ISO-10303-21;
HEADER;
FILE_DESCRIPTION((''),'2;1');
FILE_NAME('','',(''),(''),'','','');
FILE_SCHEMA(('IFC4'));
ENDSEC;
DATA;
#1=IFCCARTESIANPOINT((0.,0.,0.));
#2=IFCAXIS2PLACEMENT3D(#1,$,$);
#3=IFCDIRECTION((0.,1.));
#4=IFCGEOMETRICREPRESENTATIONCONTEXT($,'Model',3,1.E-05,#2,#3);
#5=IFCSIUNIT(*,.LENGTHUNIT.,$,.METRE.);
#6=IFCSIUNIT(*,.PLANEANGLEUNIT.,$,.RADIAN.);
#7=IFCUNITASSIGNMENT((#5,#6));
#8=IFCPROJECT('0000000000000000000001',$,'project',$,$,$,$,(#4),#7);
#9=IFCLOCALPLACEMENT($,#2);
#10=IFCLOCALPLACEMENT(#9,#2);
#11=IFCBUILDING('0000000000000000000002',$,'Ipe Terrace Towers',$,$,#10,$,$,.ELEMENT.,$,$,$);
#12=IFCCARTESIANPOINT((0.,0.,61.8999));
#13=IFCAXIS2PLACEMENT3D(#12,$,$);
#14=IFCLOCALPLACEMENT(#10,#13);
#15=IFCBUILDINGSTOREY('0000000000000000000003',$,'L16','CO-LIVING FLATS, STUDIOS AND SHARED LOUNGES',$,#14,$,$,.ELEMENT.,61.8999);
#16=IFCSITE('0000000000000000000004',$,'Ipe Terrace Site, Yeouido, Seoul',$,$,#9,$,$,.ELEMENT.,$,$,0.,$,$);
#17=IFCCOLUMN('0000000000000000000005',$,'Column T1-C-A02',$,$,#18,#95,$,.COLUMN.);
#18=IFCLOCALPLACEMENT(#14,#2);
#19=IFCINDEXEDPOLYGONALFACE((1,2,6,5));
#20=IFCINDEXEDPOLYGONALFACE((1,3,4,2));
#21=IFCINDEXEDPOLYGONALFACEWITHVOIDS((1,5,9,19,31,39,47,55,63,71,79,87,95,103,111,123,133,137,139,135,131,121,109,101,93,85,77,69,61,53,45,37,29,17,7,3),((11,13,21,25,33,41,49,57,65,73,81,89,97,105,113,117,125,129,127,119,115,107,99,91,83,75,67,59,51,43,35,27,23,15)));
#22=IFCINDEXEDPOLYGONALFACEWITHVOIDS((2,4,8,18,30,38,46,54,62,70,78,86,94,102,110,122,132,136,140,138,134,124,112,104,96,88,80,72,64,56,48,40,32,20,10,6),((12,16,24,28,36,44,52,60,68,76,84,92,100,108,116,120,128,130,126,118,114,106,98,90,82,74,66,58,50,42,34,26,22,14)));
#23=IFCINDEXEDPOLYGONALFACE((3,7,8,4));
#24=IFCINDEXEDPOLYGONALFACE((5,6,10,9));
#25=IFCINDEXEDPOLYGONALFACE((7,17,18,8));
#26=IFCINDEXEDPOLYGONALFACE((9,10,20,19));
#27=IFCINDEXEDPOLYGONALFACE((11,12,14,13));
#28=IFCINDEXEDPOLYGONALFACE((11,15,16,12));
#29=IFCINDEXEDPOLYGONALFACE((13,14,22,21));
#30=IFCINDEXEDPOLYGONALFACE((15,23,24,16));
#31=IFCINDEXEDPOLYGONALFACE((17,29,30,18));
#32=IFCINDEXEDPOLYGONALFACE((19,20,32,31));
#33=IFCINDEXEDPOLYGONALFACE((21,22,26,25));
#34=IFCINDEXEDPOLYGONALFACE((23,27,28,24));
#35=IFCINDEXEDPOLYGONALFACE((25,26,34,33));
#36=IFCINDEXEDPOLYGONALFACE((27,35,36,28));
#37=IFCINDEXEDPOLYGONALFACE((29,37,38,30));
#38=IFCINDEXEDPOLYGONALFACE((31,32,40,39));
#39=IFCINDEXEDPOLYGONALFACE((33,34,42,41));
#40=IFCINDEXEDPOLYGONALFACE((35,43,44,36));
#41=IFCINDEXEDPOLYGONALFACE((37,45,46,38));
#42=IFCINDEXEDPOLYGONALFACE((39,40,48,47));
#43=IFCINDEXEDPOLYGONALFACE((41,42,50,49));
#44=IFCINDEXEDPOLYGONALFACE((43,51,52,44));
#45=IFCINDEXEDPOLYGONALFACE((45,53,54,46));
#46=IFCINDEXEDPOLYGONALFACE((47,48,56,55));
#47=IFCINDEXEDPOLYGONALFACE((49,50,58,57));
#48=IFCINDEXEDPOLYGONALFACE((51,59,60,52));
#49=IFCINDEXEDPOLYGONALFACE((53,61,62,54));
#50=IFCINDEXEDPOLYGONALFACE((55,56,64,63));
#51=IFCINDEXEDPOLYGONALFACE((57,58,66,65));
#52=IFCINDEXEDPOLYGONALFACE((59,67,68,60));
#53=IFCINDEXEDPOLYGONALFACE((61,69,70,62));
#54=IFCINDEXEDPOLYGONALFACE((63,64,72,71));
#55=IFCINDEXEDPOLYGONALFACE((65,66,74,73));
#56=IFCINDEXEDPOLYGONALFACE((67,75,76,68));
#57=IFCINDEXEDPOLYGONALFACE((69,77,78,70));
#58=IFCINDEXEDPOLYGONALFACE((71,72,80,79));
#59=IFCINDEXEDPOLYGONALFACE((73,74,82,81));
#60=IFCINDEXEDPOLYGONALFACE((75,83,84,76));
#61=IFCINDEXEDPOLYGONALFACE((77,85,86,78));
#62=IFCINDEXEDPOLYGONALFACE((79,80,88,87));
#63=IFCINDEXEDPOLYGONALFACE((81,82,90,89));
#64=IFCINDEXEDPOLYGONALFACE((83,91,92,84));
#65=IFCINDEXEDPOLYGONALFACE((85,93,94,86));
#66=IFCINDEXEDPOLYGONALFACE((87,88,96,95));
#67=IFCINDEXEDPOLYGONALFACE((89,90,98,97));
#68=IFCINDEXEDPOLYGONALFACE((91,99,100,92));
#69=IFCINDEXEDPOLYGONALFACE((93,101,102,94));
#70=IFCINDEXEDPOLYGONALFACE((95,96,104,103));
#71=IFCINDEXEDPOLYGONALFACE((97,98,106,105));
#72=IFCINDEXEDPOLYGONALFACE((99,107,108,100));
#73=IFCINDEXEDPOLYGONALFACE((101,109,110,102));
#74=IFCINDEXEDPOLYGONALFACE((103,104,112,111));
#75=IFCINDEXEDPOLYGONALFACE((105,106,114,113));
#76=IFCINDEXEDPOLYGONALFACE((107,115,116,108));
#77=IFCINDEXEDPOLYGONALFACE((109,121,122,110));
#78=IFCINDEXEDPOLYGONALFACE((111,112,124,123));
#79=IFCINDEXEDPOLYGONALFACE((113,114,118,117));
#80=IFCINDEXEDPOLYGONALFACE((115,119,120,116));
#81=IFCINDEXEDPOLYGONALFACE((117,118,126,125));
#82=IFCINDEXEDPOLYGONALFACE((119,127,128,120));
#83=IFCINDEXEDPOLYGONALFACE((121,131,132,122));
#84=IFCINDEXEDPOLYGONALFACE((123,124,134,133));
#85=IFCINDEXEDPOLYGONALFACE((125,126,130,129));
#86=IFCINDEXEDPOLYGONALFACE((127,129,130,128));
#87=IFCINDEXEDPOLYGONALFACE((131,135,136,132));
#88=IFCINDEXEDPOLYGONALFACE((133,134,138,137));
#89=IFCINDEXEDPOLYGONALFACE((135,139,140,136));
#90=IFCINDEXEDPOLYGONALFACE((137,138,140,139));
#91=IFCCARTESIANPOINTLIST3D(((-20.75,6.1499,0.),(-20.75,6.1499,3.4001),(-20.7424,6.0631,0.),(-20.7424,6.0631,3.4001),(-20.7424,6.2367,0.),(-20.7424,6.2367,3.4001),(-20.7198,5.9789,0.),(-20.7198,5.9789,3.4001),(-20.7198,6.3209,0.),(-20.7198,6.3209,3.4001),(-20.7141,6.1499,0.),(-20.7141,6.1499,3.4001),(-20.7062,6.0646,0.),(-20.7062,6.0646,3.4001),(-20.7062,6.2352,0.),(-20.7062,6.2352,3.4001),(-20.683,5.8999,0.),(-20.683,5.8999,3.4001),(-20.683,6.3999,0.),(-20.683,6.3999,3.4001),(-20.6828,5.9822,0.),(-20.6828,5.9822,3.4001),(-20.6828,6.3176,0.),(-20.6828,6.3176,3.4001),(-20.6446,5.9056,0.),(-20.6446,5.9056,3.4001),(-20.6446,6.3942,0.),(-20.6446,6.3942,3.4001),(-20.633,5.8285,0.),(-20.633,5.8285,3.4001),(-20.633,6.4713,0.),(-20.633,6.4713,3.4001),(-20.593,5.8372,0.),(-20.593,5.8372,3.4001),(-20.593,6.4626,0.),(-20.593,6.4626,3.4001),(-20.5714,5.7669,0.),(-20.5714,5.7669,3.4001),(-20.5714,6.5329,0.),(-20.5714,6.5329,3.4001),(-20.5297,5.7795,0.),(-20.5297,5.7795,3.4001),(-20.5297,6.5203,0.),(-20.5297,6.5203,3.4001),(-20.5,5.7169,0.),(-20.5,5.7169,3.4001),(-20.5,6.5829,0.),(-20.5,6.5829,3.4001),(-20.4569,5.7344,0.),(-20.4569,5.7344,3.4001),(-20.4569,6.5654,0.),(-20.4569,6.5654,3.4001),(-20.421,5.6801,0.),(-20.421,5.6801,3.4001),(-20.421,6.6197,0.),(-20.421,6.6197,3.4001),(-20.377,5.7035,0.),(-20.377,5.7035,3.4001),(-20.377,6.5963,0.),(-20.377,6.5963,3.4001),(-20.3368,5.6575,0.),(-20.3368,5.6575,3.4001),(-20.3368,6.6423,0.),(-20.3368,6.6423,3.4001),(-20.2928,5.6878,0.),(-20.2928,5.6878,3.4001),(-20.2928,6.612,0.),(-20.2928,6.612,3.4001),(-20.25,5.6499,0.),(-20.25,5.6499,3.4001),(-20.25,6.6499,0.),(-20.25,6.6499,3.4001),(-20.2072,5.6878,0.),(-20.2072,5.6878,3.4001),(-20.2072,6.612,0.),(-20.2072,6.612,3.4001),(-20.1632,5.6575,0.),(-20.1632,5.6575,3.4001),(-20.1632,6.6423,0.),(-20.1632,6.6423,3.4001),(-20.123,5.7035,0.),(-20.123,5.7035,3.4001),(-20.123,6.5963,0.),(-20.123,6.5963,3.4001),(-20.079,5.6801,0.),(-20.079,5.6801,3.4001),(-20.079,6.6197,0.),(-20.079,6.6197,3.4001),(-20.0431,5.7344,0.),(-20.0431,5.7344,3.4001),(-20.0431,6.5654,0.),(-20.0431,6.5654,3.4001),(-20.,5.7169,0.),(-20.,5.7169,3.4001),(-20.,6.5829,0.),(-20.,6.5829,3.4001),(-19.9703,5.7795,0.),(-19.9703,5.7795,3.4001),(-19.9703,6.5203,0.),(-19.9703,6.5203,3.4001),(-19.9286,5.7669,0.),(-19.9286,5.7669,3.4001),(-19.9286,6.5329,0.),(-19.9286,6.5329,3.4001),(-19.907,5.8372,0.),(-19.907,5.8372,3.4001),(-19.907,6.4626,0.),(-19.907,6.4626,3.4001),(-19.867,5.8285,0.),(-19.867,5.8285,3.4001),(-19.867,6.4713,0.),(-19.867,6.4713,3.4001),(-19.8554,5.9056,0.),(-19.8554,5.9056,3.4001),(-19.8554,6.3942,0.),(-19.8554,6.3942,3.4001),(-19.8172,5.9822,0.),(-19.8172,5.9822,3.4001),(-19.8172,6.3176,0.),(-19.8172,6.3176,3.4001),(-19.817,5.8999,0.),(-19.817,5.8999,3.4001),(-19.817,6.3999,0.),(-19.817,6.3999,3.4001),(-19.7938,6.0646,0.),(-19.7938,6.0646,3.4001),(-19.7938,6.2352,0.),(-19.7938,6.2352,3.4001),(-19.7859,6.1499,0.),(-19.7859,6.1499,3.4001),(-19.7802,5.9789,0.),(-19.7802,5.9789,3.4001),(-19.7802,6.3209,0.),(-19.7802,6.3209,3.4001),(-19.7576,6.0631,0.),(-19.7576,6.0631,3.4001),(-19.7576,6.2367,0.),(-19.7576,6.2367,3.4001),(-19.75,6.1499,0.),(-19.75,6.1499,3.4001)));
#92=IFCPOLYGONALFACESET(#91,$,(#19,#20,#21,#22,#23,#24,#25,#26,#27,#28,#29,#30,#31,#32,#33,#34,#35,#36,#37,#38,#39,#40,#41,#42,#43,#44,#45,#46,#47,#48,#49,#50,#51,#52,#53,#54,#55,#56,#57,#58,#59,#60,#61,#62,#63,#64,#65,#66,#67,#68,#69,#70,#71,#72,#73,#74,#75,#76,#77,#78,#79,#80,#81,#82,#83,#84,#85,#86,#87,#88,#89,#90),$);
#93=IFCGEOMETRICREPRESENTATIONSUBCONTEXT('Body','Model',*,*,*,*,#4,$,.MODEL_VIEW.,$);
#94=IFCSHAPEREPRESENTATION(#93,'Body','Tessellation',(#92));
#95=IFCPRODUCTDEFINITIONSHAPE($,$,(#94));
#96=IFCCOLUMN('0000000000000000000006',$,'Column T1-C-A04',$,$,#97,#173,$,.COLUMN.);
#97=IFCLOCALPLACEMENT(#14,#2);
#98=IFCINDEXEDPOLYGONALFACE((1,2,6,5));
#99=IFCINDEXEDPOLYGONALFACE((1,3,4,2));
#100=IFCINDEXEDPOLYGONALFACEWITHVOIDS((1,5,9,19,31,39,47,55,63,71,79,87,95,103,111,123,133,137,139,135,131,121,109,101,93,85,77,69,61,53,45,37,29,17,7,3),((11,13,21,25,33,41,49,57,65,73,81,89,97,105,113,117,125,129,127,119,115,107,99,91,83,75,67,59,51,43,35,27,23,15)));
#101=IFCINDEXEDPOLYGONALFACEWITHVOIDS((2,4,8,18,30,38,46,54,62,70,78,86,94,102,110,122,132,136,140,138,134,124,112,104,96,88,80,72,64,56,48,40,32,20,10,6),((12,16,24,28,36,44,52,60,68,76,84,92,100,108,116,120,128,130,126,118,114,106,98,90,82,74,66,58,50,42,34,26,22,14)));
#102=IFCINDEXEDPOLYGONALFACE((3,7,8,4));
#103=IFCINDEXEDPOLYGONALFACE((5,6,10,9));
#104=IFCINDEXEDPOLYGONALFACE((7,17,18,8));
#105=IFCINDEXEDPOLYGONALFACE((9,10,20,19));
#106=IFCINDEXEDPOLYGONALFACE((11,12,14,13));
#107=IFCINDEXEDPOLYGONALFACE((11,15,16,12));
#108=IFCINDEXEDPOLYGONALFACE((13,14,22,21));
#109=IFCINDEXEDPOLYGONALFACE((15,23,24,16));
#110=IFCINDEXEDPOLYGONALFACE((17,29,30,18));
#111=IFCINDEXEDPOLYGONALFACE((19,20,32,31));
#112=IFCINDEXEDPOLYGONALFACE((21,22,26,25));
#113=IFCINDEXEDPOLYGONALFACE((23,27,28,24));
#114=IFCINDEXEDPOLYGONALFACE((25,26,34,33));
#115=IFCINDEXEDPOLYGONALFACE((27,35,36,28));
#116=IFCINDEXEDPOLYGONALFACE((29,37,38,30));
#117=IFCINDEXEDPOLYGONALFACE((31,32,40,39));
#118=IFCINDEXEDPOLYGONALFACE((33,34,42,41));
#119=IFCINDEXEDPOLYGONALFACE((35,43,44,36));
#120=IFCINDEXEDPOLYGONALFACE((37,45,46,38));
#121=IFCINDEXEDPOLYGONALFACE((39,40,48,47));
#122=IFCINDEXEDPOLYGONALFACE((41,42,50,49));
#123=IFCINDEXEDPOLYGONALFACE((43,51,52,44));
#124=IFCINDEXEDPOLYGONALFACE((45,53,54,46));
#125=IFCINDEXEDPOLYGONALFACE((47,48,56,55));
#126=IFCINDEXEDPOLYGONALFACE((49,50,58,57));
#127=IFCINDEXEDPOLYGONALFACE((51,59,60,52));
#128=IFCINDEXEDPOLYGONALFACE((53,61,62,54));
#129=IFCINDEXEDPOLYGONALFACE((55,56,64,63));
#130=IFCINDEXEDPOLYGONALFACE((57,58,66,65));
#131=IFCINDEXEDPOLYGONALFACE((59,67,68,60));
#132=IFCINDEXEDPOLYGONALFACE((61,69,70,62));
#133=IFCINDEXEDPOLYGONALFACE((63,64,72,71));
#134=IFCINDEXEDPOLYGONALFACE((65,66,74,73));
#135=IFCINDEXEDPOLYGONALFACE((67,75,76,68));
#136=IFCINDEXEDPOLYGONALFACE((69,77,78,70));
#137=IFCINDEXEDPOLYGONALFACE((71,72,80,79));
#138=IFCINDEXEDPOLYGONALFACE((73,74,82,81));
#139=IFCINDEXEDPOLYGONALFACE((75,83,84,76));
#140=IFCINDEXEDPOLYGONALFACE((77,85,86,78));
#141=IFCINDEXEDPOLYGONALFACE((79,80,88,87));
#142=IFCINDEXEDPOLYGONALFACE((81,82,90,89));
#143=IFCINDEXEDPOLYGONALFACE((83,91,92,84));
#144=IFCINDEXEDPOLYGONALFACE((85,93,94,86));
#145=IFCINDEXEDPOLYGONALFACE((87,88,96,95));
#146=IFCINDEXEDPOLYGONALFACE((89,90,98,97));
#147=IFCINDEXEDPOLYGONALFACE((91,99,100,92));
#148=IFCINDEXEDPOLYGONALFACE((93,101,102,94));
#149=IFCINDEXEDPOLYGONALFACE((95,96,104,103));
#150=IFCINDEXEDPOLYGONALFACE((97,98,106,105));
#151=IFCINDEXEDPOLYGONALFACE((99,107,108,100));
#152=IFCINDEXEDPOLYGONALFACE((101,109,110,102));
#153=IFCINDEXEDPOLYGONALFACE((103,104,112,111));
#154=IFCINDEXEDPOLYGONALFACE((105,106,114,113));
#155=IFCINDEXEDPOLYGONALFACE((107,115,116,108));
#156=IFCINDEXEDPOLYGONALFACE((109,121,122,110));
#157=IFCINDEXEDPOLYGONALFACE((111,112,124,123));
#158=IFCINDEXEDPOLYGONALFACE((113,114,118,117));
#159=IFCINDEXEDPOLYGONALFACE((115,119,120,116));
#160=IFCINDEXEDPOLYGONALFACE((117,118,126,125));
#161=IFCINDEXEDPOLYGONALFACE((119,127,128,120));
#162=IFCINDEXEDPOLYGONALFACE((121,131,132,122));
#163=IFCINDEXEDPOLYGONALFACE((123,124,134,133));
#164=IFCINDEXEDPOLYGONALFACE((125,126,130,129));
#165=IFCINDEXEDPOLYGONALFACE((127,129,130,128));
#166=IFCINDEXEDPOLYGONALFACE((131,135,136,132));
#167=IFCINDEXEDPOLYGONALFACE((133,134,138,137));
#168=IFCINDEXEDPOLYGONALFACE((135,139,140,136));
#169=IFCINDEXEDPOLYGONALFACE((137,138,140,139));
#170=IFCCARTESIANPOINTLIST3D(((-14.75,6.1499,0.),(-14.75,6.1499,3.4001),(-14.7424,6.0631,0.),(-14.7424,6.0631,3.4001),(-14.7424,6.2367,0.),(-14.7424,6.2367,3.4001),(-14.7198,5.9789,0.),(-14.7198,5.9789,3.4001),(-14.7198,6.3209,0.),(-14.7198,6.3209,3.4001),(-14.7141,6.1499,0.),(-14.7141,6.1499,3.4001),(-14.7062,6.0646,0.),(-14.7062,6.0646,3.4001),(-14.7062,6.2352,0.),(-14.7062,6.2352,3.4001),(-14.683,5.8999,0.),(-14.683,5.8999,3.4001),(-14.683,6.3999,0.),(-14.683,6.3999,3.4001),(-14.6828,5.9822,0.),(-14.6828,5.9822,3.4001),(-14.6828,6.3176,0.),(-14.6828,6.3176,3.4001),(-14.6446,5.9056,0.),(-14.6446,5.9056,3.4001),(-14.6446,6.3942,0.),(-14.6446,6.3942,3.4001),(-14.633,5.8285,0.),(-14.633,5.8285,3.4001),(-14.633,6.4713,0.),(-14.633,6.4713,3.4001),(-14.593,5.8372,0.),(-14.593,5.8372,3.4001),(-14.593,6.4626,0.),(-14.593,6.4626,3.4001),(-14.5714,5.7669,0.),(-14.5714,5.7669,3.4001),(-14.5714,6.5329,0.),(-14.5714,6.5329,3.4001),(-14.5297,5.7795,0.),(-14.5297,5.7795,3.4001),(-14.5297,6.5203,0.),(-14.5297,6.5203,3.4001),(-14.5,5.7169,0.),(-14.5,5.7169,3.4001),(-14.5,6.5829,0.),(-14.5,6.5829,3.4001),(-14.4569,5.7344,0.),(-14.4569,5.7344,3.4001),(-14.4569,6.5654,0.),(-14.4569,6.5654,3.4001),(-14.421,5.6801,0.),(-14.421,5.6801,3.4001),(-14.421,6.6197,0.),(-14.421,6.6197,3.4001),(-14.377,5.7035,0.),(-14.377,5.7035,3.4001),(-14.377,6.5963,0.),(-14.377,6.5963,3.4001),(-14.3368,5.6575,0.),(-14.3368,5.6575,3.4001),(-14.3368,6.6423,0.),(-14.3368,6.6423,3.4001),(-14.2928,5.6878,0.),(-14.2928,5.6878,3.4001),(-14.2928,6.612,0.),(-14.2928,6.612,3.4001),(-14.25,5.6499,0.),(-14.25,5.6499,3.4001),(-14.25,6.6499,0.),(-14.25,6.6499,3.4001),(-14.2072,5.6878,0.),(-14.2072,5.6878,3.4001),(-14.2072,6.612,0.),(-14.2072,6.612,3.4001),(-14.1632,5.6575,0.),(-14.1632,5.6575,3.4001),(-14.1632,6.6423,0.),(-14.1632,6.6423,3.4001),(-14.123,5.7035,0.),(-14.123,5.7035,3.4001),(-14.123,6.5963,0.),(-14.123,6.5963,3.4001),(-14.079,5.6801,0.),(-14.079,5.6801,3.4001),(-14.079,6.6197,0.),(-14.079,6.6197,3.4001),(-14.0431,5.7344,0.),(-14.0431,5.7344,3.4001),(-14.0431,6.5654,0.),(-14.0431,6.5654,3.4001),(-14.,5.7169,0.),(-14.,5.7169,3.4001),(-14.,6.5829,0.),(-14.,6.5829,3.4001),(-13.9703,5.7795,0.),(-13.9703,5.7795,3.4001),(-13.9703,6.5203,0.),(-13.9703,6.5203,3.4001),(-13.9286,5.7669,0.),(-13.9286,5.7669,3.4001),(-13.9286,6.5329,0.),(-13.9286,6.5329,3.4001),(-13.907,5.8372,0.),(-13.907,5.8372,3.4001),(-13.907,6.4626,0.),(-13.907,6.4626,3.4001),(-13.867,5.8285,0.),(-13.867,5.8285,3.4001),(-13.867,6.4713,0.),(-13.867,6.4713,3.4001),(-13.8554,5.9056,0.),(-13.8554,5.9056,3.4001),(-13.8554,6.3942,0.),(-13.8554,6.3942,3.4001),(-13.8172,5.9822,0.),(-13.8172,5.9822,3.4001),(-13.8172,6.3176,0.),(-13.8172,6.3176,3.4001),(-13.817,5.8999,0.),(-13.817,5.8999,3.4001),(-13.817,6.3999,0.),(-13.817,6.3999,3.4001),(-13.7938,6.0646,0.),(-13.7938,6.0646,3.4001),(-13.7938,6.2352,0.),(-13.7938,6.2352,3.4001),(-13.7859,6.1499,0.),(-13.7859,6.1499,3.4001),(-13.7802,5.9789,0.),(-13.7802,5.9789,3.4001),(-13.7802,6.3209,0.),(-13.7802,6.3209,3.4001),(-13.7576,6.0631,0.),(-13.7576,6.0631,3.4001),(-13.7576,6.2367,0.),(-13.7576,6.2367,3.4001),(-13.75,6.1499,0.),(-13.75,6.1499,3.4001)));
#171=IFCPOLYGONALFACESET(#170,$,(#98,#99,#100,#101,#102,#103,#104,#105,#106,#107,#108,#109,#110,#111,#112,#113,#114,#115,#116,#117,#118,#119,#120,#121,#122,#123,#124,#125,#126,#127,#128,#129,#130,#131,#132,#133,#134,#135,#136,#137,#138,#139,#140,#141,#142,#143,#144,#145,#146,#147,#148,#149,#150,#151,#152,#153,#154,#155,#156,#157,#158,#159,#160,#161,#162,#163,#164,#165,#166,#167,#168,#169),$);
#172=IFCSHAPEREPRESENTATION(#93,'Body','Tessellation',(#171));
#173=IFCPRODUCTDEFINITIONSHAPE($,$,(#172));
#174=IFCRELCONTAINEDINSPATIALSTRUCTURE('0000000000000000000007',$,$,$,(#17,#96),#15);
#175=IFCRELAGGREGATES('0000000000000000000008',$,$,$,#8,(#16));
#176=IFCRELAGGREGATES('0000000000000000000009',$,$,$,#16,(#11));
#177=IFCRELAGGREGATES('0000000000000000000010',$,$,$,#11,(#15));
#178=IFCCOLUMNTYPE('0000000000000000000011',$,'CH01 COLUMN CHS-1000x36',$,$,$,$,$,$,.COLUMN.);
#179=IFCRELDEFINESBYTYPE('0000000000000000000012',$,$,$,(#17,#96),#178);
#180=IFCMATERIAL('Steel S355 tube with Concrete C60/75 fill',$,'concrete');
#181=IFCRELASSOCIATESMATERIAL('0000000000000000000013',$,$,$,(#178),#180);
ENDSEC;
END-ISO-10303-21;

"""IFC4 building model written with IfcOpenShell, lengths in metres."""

from ifc_helpers import new_model, si_unit, direction, frame, origin, origin_2d, place, context, subcontext, project, spatial, hollow_circle, extrude, material, material_profile, profile_set, type_object, element, save


model = new_model("IFC4")

# Units and contexts
model_context = context("Model", 3, precision=1e-05, world=origin(), true_north=direction((0.0, 1.0)))
body_context = subcontext(model_context, "Body", "Model", "MODEL_VIEW")
ifc_project = project(units=[si_unit("LENGTHUNIT", "METRE"), si_unit("PLANEANGLEUNIT", "RADIAN")], contexts=[model_context])

# Site, building, storey
site_placement = place(None, origin())
site = spatial("IfcSite", under=ifc_project, at=site_placement, Name="Ipe Terrace Site, Yeouido, Seoul", CompositionType="ELEMENT", RefElevation=0.0)
building_placement = place(site_placement, origin())
building = spatial("IfcBuilding", under=site, at=building_placement, Name="Ipe Terrace Towers", CompositionType="ELEMENT")
storey_placement = place(building_placement, frame((0.0, 0.0, 61.8999)))
storey = spatial("IfcBuildingStorey", under=building, at=storey_placement, Name="L16", Description="CO-LIVING FLATS, STUDIOS AND SHARED LOUNGES", CompositionType="ELEMENT", Elevation=61.8999)

# Columns
ifc_material_1 = material(Name="Steel S355 tube with Concrete C60/75 fill", Category="concrete")
ifc_material_profile_1 = material_profile(ifc_material_1, hollow_circle(Radius=0.5, WallThickness=0.0359, at=origin_2d()), Name="CHS-1000x36")
ifc_profile_set_1 = profile_set([ifc_material_profile_1], Name="Steel S355 tube with Concrete C60/75 fill")
column_type = type_object("IfcColumnType", Name="CH01 COLUMN CHS-1000x36", PredefinedType="COLUMN", material=ifc_profile_set_1)
for number, where, z_axis, x_axis, name in (
    (1, (-20.25, 6.1499, 0.0), (0.0, 0.0, 1.0), (1.0, 0.0, 0.0), "Column T1-C-A02"),
    (2, (-14.25, 6.1499, 0.0), (0.0, 0.0, 1.0), (1.0, 0.0, 0.0), "Column T1-C-A04"),
):
    element("IfcColumn", number, at=place(storey_placement, frame(where, z_axis=z_axis, x_axis=x_axis)), inside=storey, type_object=column_type, Name=name, PredefinedType="COLUMN", context=body_context, shape_type="SweptSolid", body=[
        extrude(hollow_circle(Radius=0.5, WallThickness=0.0359, at=origin_2d()), origin(), (0.0, 0.0, 1.0), 3.4001),
    ])

save(model, "model.ifc")
